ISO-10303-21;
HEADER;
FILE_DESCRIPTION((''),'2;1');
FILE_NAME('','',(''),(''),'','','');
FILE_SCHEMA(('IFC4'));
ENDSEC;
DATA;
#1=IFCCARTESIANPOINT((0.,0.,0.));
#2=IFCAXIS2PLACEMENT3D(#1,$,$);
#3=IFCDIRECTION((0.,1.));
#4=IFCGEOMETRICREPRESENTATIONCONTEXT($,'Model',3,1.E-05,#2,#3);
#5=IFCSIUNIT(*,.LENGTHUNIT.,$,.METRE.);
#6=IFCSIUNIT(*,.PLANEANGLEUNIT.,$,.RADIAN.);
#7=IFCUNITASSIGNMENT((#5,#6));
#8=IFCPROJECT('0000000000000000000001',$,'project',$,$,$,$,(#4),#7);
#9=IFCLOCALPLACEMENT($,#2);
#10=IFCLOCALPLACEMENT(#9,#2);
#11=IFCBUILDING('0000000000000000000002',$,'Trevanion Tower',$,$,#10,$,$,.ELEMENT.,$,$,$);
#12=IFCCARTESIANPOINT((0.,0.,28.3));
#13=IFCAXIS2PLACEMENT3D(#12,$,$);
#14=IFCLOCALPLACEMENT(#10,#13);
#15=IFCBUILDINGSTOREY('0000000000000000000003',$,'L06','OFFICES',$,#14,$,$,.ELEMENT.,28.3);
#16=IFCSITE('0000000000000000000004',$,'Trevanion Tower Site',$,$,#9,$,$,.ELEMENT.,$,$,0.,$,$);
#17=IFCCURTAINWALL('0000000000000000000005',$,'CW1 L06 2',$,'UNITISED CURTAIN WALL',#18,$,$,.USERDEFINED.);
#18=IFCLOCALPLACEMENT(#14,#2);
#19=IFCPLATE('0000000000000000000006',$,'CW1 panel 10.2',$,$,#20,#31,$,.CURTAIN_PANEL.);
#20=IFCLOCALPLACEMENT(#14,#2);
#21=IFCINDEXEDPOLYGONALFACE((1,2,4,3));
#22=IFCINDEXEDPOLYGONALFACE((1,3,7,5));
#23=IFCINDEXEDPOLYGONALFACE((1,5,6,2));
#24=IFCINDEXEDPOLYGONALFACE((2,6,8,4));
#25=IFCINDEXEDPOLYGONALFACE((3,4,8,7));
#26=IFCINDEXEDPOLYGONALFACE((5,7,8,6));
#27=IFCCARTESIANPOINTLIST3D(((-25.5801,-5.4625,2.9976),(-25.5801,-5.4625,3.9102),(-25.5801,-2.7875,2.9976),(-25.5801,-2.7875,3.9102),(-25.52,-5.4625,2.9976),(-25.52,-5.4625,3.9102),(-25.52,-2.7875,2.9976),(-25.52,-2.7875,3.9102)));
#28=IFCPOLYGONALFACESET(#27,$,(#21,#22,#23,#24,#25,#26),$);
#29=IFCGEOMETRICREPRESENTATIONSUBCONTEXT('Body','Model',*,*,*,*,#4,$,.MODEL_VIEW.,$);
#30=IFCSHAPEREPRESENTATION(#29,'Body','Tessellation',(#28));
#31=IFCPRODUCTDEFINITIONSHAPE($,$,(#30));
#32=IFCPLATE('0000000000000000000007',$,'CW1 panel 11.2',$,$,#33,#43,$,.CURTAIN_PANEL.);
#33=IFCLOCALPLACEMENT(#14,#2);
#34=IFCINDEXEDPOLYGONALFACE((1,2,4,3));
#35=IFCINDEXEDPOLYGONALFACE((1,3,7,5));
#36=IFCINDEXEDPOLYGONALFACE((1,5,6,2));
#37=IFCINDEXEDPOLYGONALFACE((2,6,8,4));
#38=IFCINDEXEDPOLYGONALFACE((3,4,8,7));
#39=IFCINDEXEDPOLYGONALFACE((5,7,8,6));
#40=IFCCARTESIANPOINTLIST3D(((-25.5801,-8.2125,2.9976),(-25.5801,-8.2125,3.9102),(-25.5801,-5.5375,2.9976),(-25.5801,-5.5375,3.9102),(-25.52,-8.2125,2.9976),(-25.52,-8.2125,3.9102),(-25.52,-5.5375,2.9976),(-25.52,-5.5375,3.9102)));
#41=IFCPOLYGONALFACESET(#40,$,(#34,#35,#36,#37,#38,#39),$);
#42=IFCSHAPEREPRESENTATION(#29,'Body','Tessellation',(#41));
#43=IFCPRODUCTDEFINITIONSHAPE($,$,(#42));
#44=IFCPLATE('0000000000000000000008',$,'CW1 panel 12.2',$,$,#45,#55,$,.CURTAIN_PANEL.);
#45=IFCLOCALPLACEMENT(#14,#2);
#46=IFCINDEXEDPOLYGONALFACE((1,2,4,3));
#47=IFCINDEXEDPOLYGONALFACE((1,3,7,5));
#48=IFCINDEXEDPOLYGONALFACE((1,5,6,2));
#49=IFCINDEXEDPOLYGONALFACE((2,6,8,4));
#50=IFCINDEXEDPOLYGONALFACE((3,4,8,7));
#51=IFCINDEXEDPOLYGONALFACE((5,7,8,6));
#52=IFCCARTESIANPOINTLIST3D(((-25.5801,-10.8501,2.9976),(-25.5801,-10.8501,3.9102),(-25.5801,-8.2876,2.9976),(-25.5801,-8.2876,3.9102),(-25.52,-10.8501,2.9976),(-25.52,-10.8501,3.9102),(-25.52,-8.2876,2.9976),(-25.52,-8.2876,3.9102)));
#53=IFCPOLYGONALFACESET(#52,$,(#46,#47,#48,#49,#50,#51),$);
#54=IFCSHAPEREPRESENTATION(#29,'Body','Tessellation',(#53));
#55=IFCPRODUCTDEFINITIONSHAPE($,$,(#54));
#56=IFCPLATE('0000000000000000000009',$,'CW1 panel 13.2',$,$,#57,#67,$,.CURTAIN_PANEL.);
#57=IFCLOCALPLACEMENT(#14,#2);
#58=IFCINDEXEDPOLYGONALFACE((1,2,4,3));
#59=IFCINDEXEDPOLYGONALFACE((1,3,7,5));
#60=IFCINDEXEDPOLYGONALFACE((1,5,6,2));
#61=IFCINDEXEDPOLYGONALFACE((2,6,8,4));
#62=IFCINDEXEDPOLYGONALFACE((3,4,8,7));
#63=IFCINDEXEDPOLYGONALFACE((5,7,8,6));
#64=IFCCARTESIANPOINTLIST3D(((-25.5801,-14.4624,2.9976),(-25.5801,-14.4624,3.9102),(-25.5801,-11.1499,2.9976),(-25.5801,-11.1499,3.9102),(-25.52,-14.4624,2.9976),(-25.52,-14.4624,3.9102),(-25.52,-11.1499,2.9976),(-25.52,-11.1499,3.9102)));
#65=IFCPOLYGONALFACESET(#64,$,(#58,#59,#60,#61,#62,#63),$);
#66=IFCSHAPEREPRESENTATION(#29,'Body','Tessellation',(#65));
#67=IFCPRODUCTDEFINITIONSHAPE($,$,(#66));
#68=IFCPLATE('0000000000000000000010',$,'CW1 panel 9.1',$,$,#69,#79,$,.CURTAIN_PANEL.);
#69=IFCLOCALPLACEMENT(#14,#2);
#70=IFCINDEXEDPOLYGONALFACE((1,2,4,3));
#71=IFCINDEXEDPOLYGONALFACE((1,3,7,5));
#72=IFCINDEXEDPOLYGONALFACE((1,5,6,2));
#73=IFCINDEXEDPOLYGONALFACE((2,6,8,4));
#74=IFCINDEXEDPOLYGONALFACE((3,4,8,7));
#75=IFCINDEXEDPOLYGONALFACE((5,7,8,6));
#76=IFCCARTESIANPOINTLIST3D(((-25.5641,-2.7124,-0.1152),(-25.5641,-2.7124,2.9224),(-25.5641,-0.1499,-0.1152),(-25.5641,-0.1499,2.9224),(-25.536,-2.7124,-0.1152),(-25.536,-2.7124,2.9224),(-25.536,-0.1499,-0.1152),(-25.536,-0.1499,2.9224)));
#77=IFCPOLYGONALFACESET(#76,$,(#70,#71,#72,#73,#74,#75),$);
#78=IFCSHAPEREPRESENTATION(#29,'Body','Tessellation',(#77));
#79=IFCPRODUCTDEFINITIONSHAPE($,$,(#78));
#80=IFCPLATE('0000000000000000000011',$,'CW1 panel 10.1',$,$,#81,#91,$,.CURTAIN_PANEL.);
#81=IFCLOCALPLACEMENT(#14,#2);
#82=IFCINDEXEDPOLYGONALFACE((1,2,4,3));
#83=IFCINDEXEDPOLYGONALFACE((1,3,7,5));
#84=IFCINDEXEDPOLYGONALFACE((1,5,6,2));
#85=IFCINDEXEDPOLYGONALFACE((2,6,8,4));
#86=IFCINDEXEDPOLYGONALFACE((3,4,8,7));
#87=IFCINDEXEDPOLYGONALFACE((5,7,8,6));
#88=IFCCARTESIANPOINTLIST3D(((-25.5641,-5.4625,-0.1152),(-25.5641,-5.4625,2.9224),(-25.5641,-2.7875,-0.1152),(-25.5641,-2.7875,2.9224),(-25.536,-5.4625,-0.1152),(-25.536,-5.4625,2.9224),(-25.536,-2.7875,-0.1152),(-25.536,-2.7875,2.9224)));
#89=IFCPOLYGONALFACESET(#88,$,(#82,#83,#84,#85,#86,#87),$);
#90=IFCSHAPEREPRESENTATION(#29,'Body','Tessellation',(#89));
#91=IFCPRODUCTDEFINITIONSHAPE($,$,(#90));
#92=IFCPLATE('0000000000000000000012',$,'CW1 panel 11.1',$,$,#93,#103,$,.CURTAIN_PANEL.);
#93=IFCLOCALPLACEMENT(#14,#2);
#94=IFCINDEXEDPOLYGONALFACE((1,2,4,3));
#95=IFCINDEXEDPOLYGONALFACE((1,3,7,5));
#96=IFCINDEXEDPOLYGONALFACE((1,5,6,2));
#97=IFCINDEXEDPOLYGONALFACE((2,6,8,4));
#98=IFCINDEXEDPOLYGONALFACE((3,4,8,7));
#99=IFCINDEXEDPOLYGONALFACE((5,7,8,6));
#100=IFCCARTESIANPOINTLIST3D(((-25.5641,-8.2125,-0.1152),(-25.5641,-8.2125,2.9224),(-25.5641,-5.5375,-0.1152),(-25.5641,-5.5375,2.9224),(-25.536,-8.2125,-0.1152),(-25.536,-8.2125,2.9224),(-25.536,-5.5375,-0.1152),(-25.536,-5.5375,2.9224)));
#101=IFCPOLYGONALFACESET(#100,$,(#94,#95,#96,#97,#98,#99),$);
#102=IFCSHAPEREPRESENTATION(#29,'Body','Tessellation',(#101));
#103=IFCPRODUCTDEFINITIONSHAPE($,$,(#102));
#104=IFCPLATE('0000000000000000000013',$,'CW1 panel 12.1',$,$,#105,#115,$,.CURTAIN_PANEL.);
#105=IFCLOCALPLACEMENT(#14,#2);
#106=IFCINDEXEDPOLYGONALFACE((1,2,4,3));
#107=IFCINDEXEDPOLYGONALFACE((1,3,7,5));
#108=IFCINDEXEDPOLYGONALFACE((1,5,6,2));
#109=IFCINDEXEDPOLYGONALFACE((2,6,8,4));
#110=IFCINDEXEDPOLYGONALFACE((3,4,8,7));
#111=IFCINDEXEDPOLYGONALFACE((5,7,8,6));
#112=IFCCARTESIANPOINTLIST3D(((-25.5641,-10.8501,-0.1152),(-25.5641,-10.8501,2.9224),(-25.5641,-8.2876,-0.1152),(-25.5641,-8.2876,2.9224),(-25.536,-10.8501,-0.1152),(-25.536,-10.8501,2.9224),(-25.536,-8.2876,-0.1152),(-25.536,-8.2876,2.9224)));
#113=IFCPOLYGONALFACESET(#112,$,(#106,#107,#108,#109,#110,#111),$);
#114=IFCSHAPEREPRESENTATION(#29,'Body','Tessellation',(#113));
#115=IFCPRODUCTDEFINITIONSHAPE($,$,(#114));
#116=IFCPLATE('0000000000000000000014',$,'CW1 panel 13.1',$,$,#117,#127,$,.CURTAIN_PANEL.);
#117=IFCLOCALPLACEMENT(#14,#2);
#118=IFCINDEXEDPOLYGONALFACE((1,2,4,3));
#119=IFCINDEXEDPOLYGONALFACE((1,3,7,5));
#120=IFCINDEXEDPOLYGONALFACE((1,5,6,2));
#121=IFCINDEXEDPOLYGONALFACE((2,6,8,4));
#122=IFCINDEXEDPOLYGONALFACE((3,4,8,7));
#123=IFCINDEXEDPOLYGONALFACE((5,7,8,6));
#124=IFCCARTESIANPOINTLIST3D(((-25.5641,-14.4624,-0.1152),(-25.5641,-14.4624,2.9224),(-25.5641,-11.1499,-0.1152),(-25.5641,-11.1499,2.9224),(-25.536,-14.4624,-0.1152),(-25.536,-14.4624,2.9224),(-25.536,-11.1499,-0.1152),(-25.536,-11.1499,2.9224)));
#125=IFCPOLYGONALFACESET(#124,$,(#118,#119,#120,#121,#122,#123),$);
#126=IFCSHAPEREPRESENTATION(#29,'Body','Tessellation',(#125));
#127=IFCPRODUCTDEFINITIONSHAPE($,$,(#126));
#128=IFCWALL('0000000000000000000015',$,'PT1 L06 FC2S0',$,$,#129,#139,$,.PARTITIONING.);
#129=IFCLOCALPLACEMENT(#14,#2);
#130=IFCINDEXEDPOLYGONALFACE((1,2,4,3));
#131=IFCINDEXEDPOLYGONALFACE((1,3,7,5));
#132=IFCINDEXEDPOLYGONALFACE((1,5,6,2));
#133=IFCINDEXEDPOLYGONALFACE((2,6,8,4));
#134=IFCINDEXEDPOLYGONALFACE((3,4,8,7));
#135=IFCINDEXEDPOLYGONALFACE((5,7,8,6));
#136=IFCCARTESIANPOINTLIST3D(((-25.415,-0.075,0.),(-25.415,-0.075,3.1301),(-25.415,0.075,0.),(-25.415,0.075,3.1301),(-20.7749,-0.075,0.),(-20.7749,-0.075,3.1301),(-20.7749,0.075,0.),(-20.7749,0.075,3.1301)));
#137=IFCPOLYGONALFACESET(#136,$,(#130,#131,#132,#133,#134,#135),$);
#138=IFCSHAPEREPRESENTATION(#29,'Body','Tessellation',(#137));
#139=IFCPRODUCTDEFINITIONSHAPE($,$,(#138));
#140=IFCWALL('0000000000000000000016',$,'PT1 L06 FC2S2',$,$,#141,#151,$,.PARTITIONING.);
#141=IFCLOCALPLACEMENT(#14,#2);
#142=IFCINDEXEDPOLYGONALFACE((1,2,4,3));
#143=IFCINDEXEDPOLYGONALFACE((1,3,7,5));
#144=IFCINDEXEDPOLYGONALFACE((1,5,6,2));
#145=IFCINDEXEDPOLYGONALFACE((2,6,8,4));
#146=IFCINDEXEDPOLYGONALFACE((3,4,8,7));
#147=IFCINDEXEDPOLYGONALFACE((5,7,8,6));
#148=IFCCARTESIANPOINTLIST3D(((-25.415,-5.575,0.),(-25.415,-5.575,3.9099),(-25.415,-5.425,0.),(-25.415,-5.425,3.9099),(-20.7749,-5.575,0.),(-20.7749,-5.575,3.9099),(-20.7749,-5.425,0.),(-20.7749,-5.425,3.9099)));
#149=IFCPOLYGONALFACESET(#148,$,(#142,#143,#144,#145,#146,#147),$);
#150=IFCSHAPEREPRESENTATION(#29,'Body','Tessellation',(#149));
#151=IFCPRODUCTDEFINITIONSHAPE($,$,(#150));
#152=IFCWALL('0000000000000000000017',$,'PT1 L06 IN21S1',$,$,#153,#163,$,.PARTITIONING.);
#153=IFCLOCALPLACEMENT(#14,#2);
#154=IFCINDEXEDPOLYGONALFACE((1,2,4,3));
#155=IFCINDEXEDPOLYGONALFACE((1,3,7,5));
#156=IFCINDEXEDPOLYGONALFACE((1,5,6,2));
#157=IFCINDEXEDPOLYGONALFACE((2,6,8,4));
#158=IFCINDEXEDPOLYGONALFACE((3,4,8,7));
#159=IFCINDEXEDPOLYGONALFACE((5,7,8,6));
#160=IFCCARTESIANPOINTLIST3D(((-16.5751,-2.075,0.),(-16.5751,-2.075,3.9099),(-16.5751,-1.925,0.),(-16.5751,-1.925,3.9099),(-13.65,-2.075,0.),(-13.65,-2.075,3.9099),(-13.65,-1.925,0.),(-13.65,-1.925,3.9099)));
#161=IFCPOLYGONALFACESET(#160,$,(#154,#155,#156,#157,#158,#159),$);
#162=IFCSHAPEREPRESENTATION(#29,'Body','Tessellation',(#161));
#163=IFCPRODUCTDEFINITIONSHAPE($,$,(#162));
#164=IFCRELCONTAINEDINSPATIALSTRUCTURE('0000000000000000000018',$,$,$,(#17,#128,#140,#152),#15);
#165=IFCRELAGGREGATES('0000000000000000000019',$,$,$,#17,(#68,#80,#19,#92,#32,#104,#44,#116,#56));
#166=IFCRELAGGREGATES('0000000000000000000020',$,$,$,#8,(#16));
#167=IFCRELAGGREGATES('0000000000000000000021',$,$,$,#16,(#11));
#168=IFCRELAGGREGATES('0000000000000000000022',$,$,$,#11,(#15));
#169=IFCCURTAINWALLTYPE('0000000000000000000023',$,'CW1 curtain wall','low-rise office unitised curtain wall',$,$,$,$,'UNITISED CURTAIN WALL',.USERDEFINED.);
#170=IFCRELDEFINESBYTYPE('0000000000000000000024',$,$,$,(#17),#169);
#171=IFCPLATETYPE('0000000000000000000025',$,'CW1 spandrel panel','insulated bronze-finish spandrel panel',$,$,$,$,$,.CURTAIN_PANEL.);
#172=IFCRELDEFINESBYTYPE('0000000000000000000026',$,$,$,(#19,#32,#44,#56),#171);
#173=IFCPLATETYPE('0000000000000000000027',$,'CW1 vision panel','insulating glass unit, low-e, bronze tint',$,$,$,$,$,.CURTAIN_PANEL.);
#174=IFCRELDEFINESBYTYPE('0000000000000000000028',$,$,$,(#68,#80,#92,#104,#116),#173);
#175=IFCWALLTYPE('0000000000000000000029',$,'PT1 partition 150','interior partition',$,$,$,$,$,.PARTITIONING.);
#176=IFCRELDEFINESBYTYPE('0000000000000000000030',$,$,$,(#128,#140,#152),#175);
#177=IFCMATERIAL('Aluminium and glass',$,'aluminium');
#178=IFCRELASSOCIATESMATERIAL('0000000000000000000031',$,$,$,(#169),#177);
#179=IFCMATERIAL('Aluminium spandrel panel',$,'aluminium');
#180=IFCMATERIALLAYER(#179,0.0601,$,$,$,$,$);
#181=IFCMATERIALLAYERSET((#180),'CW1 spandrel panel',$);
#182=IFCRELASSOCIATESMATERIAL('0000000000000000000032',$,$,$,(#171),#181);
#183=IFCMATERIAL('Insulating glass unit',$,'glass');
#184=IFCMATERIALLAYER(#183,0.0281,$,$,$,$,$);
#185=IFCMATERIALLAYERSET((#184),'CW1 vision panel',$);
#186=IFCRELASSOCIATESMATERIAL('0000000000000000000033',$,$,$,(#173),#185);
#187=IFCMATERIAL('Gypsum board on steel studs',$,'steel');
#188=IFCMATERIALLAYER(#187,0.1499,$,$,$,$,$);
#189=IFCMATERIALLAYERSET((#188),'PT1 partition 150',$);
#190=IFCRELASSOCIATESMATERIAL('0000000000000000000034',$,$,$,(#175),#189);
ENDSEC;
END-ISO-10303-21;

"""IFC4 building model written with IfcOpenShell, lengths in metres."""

from ifc_helpers import new_model, si_unit, direction, frame, frame_2d, origin, origin_2d, place, context, subcontext, project, spatial, rectangle, extrude, material, layer, layer_set, type_object, element, aggregate, save


model = new_model("IFC4")

# Units and contexts
model_context = context("Model", 3, precision=1e-05, world=origin(), true_north=direction((0.0, 1.0)))
body_context = subcontext(model_context, "Body", "Model", "MODEL_VIEW")
ifc_project = project(units=[si_unit("LENGTHUNIT", "METRE"), si_unit("PLANEANGLEUNIT", "RADIAN")], contexts=[model_context])

# Site, building, storey
site_placement = place(None, origin())
site = spatial("IfcSite", under=ifc_project, at=site_placement, Name="Trevanion Tower Site", CompositionType="ELEMENT", RefElevation=0.0)
building_placement = place(site_placement, origin())
building = spatial("IfcBuilding", under=site, at=building_placement, Name="Trevanion Tower", CompositionType="ELEMENT")
storey_placement = place(building_placement, frame((0.0, 0.0, 28.3)))
storey = spatial("IfcBuildingStorey", under=building, at=storey_placement, Name="L06", Description="OFFICES", CompositionType="ELEMENT", Elevation=28.3)

# Curtain wall
ifc_material_1 = material(Name="Aluminium and glass", Category="aluminium")
curtain_wall_type = type_object("IfcCurtainWallType", Name="CW1 curtain wall", Description="low-rise office unitised curtain wall", ElementType="UNITISED CURTAIN WALL", PredefinedType="USERDEFINED", material=ifc_material_1)
curtain_wall_placement = place(storey_placement, origin())
curtain_wall = element("IfcCurtainWall", 1, at=curtain_wall_placement, inside=storey, type_object=curtain_wall_type, Name="CW1 L06 2", ObjectType="UNITISED CURTAIN WALL", PredefinedType="USERDEFINED")

# Plates
ifc_material_2 = material(Name="Aluminium spandrel panel", Category="aluminium")
ifc_layer_1 = layer(ifc_material_2, 0.0601)
ifc_layer_set_1 = layer_set([ifc_layer_1], Name="CW1 spandrel panel")
plate_type_1 = type_object("IfcPlateType", Name="CW1 spandrel panel", Description="insulated bronze-finish spandrel panel", PredefinedType="CURTAIN_PANEL", material=ifc_layer_set_1)
plate_1_placement = place(storey_placement, frame((-25.55, -4.125, 2.9976), z_axis=(0.0, 0.0, 1.0), x_axis=(0.0, -1.0, 0.0)))
plate_1 = element("IfcPlate", 2, at=plate_1_placement, type_object=plate_type_1, Name="CW1 panel 10.2", PredefinedType="CURTAIN_PANEL", context=body_context, shape_type="SweptSolid", body=[
    extrude(rectangle(XDim=2.675, YDim=0.0601, at=origin_2d()), origin(), (0.0, 0.0, 1.0), 0.9126),
])
plate_2_placement = place(storey_placement, frame((-25.55, -6.875, 2.9976), z_axis=(0.0, 0.0, 1.0), x_axis=(0.0, -1.0, 0.0)))
plate_2 = element("IfcPlate", 3, at=plate_2_placement, type_object=plate_type_1, Name="CW1 panel 11.2", PredefinedType="CURTAIN_PANEL", context=body_context, shape_type="SweptSolid", body=[
    extrude(rectangle(XDim=2.675, YDim=0.0601, at=origin_2d()), origin(), (0.0, 0.0, 1.0), 0.9126),
])
plate_3_placement = place(storey_placement, frame((-25.55, -9.5688, 2.9976), z_axis=(0.0, 0.0, 1.0), x_axis=(0.0, -1.0, 0.0)))
plate_3 = element("IfcPlate", 4, at=plate_3_placement, type_object=plate_type_1, Name="CW1 panel 12.2", PredefinedType="CURTAIN_PANEL", context=body_context, shape_type="SweptSolid", body=[
    extrude(rectangle(XDim=2.5625, YDim=0.0601, at=origin_2d()), origin(), (0.0, 0.0, 1.0), 0.9126),
])
plate_4_placement = place(storey_placement, frame((-25.55, -12.8062, 2.9976), z_axis=(0.0, 0.0, 1.0), x_axis=(0.0, -1.0, 0.0)))
plate_4 = element("IfcPlate", 5, at=plate_4_placement, type_object=plate_type_1, Name="CW1 panel 13.2", PredefinedType="CURTAIN_PANEL", context=body_context, shape_type="SweptSolid", body=[
    extrude(rectangle(XDim=3.3125, YDim=0.0601, at=origin_2d()), origin(), (0.0, 0.0, 1.0), 0.9126),
])
ifc_material_3 = material(Name="Insulating glass unit", Category="glass")
ifc_layer_2 = layer(ifc_material_3, 0.0281)
ifc_layer_set_2 = layer_set([ifc_layer_2], Name="CW1 vision panel")
plate_type_2 = type_object("IfcPlateType", Name="CW1 vision panel", Description="insulating glass unit, low-e, bronze tint", PredefinedType="CURTAIN_PANEL", material=ifc_layer_set_2)
plate_5_placement = place(storey_placement, frame((-25.55, -1.4312, -0.1152), z_axis=(0.0, 0.0, 1.0), x_axis=(0.0, -1.0, 0.0)))
plate_5 = element("IfcPlate", 6, at=plate_5_placement, type_object=plate_type_2, Name="CW1 panel 9.1", PredefinedType="CURTAIN_PANEL", context=body_context, shape_type="SweptSolid", body=[
    extrude(rectangle(XDim=2.5625, YDim=0.0281, at=origin_2d()), origin(), (0.0, 0.0, 1.0), 3.0376),
])
plate_6_placement = place(storey_placement, frame((-25.55, -4.125, -0.1152), z_axis=(0.0, 0.0, 1.0), x_axis=(0.0, -1.0, 0.0)))
plate_6 = element("IfcPlate", 7, at=plate_6_placement, type_object=plate_type_2, Name="CW1 panel 10.1", PredefinedType="CURTAIN_PANEL", context=body_context, shape_type="SweptSolid", body=[
    extrude(rectangle(XDim=2.675, YDim=0.0281, at=origin_2d()), origin(), (0.0, 0.0, 1.0), 3.0376),
])
plate_7_placement = place(storey_placement, frame((-25.55, -6.875, -0.1152), z_axis=(0.0, 0.0, 1.0), x_axis=(0.0, -1.0, 0.0)))
plate_7 = element("IfcPlate", 8, at=plate_7_placement, type_object=plate_type_2, Name="CW1 panel 11.1", PredefinedType="CURTAIN_PANEL", context=body_context, shape_type="SweptSolid", body=[
    extrude(rectangle(XDim=2.675, YDim=0.0281, at=origin_2d()), origin(), (0.0, 0.0, 1.0), 3.0376),
])
plate_8_placement = place(storey_placement, frame((-25.55, -9.5688, -0.1152), z_axis=(0.0, 0.0, 1.0), x_axis=(0.0, -1.0, 0.0)))
plate_8 = element("IfcPlate", 9, at=plate_8_placement, type_object=plate_type_2, Name="CW1 panel 12.1", PredefinedType="CURTAIN_PANEL", context=body_context, shape_type="SweptSolid", body=[
    extrude(rectangle(XDim=2.5625, YDim=0.0281, at=origin_2d()), origin(), (0.0, 0.0, 1.0), 3.0376),
])
plate_9_placement = place(storey_placement, frame((-25.55, -12.8062, -0.1152), z_axis=(0.0, 0.0, 1.0), x_axis=(0.0, -1.0, 0.0)))
plate_9 = element("IfcPlate", 10, at=plate_9_placement, type_object=plate_type_2, Name="CW1 panel 13.1", PredefinedType="CURTAIN_PANEL", context=body_context, shape_type="SweptSolid", body=[
    extrude(rectangle(XDim=3.3125, YDim=0.0281, at=origin_2d()), origin(), (0.0, 0.0, 1.0), 3.0376),
])
aggregate(curtain_wall, [plate_5, plate_6, plate_1, plate_7, plate_2, plate_8, plate_3, plate_9, plate_4])

# Walls
ifc_material_4 = material(Name="Gypsum board on steel studs", Category="steel")
ifc_layer_3 = layer(ifc_material_4, 0.1499)
ifc_layer_set_3 = layer_set([ifc_layer_3], Name="PT1 partition 150")
wall_type = type_object("IfcWallType", Name="PT1 partition 150", Description="interior partition", PredefinedType="PARTITIONING", material=ifc_layer_set_3)
wall_1_placement = place(storey_placement, frame((-20.7749, 0.0, 0.0), z_axis=(0.0, 0.0, 1.0), x_axis=(-1.0, 0.0, 0.0)))
element("IfcWall", 11, at=wall_1_placement, inside=storey, type_object=wall_type, Name="PT1 L06 FC2S0", PredefinedType="PARTITIONING", context=body_context, shape_type="SweptSolid", body=[
    extrude(rectangle(XDim=4.6401, YDim=0.1499, at=frame_2d((2.3201, 0.0))), origin(), (0.0, 0.0, 1.0), 3.1301),
])
wall_2_placement = place(storey_placement, frame((-20.7749, -5.5, 0.0), z_axis=(0.0, 0.0, 1.0), x_axis=(-1.0, 0.0, 0.0)))
element("IfcWall", 12, at=wall_2_placement, inside=storey, type_object=wall_type, Name="PT1 L06 FC2S2", PredefinedType="PARTITIONING", context=body_context, shape_type="SweptSolid", body=[
    extrude(rectangle(XDim=4.6401, YDim=0.1499, at=frame_2d((2.3201, 0.0))), origin(), (0.0, 0.0, 1.0), 3.9099),
])
wall_3_placement = place(storey_placement, frame((-16.575, -2.0, 0.0), z_axis=(0.0, 0.0, 1.0), x_axis=(1.0, 0.0, 0.0)))
element("IfcWall", 13, at=wall_3_placement, inside=storey, type_object=wall_type, Name="PT1 L06 IN21S1", PredefinedType="PARTITIONING", context=body_context, shape_type="SweptSolid", body=[
    extrude(rectangle(XDim=2.925, YDim=0.1499, at=frame_2d((1.4624, 0.0))), origin(), (0.0, 0.0, 1.0), 3.9099),
])

save(model, "model.ifc")
